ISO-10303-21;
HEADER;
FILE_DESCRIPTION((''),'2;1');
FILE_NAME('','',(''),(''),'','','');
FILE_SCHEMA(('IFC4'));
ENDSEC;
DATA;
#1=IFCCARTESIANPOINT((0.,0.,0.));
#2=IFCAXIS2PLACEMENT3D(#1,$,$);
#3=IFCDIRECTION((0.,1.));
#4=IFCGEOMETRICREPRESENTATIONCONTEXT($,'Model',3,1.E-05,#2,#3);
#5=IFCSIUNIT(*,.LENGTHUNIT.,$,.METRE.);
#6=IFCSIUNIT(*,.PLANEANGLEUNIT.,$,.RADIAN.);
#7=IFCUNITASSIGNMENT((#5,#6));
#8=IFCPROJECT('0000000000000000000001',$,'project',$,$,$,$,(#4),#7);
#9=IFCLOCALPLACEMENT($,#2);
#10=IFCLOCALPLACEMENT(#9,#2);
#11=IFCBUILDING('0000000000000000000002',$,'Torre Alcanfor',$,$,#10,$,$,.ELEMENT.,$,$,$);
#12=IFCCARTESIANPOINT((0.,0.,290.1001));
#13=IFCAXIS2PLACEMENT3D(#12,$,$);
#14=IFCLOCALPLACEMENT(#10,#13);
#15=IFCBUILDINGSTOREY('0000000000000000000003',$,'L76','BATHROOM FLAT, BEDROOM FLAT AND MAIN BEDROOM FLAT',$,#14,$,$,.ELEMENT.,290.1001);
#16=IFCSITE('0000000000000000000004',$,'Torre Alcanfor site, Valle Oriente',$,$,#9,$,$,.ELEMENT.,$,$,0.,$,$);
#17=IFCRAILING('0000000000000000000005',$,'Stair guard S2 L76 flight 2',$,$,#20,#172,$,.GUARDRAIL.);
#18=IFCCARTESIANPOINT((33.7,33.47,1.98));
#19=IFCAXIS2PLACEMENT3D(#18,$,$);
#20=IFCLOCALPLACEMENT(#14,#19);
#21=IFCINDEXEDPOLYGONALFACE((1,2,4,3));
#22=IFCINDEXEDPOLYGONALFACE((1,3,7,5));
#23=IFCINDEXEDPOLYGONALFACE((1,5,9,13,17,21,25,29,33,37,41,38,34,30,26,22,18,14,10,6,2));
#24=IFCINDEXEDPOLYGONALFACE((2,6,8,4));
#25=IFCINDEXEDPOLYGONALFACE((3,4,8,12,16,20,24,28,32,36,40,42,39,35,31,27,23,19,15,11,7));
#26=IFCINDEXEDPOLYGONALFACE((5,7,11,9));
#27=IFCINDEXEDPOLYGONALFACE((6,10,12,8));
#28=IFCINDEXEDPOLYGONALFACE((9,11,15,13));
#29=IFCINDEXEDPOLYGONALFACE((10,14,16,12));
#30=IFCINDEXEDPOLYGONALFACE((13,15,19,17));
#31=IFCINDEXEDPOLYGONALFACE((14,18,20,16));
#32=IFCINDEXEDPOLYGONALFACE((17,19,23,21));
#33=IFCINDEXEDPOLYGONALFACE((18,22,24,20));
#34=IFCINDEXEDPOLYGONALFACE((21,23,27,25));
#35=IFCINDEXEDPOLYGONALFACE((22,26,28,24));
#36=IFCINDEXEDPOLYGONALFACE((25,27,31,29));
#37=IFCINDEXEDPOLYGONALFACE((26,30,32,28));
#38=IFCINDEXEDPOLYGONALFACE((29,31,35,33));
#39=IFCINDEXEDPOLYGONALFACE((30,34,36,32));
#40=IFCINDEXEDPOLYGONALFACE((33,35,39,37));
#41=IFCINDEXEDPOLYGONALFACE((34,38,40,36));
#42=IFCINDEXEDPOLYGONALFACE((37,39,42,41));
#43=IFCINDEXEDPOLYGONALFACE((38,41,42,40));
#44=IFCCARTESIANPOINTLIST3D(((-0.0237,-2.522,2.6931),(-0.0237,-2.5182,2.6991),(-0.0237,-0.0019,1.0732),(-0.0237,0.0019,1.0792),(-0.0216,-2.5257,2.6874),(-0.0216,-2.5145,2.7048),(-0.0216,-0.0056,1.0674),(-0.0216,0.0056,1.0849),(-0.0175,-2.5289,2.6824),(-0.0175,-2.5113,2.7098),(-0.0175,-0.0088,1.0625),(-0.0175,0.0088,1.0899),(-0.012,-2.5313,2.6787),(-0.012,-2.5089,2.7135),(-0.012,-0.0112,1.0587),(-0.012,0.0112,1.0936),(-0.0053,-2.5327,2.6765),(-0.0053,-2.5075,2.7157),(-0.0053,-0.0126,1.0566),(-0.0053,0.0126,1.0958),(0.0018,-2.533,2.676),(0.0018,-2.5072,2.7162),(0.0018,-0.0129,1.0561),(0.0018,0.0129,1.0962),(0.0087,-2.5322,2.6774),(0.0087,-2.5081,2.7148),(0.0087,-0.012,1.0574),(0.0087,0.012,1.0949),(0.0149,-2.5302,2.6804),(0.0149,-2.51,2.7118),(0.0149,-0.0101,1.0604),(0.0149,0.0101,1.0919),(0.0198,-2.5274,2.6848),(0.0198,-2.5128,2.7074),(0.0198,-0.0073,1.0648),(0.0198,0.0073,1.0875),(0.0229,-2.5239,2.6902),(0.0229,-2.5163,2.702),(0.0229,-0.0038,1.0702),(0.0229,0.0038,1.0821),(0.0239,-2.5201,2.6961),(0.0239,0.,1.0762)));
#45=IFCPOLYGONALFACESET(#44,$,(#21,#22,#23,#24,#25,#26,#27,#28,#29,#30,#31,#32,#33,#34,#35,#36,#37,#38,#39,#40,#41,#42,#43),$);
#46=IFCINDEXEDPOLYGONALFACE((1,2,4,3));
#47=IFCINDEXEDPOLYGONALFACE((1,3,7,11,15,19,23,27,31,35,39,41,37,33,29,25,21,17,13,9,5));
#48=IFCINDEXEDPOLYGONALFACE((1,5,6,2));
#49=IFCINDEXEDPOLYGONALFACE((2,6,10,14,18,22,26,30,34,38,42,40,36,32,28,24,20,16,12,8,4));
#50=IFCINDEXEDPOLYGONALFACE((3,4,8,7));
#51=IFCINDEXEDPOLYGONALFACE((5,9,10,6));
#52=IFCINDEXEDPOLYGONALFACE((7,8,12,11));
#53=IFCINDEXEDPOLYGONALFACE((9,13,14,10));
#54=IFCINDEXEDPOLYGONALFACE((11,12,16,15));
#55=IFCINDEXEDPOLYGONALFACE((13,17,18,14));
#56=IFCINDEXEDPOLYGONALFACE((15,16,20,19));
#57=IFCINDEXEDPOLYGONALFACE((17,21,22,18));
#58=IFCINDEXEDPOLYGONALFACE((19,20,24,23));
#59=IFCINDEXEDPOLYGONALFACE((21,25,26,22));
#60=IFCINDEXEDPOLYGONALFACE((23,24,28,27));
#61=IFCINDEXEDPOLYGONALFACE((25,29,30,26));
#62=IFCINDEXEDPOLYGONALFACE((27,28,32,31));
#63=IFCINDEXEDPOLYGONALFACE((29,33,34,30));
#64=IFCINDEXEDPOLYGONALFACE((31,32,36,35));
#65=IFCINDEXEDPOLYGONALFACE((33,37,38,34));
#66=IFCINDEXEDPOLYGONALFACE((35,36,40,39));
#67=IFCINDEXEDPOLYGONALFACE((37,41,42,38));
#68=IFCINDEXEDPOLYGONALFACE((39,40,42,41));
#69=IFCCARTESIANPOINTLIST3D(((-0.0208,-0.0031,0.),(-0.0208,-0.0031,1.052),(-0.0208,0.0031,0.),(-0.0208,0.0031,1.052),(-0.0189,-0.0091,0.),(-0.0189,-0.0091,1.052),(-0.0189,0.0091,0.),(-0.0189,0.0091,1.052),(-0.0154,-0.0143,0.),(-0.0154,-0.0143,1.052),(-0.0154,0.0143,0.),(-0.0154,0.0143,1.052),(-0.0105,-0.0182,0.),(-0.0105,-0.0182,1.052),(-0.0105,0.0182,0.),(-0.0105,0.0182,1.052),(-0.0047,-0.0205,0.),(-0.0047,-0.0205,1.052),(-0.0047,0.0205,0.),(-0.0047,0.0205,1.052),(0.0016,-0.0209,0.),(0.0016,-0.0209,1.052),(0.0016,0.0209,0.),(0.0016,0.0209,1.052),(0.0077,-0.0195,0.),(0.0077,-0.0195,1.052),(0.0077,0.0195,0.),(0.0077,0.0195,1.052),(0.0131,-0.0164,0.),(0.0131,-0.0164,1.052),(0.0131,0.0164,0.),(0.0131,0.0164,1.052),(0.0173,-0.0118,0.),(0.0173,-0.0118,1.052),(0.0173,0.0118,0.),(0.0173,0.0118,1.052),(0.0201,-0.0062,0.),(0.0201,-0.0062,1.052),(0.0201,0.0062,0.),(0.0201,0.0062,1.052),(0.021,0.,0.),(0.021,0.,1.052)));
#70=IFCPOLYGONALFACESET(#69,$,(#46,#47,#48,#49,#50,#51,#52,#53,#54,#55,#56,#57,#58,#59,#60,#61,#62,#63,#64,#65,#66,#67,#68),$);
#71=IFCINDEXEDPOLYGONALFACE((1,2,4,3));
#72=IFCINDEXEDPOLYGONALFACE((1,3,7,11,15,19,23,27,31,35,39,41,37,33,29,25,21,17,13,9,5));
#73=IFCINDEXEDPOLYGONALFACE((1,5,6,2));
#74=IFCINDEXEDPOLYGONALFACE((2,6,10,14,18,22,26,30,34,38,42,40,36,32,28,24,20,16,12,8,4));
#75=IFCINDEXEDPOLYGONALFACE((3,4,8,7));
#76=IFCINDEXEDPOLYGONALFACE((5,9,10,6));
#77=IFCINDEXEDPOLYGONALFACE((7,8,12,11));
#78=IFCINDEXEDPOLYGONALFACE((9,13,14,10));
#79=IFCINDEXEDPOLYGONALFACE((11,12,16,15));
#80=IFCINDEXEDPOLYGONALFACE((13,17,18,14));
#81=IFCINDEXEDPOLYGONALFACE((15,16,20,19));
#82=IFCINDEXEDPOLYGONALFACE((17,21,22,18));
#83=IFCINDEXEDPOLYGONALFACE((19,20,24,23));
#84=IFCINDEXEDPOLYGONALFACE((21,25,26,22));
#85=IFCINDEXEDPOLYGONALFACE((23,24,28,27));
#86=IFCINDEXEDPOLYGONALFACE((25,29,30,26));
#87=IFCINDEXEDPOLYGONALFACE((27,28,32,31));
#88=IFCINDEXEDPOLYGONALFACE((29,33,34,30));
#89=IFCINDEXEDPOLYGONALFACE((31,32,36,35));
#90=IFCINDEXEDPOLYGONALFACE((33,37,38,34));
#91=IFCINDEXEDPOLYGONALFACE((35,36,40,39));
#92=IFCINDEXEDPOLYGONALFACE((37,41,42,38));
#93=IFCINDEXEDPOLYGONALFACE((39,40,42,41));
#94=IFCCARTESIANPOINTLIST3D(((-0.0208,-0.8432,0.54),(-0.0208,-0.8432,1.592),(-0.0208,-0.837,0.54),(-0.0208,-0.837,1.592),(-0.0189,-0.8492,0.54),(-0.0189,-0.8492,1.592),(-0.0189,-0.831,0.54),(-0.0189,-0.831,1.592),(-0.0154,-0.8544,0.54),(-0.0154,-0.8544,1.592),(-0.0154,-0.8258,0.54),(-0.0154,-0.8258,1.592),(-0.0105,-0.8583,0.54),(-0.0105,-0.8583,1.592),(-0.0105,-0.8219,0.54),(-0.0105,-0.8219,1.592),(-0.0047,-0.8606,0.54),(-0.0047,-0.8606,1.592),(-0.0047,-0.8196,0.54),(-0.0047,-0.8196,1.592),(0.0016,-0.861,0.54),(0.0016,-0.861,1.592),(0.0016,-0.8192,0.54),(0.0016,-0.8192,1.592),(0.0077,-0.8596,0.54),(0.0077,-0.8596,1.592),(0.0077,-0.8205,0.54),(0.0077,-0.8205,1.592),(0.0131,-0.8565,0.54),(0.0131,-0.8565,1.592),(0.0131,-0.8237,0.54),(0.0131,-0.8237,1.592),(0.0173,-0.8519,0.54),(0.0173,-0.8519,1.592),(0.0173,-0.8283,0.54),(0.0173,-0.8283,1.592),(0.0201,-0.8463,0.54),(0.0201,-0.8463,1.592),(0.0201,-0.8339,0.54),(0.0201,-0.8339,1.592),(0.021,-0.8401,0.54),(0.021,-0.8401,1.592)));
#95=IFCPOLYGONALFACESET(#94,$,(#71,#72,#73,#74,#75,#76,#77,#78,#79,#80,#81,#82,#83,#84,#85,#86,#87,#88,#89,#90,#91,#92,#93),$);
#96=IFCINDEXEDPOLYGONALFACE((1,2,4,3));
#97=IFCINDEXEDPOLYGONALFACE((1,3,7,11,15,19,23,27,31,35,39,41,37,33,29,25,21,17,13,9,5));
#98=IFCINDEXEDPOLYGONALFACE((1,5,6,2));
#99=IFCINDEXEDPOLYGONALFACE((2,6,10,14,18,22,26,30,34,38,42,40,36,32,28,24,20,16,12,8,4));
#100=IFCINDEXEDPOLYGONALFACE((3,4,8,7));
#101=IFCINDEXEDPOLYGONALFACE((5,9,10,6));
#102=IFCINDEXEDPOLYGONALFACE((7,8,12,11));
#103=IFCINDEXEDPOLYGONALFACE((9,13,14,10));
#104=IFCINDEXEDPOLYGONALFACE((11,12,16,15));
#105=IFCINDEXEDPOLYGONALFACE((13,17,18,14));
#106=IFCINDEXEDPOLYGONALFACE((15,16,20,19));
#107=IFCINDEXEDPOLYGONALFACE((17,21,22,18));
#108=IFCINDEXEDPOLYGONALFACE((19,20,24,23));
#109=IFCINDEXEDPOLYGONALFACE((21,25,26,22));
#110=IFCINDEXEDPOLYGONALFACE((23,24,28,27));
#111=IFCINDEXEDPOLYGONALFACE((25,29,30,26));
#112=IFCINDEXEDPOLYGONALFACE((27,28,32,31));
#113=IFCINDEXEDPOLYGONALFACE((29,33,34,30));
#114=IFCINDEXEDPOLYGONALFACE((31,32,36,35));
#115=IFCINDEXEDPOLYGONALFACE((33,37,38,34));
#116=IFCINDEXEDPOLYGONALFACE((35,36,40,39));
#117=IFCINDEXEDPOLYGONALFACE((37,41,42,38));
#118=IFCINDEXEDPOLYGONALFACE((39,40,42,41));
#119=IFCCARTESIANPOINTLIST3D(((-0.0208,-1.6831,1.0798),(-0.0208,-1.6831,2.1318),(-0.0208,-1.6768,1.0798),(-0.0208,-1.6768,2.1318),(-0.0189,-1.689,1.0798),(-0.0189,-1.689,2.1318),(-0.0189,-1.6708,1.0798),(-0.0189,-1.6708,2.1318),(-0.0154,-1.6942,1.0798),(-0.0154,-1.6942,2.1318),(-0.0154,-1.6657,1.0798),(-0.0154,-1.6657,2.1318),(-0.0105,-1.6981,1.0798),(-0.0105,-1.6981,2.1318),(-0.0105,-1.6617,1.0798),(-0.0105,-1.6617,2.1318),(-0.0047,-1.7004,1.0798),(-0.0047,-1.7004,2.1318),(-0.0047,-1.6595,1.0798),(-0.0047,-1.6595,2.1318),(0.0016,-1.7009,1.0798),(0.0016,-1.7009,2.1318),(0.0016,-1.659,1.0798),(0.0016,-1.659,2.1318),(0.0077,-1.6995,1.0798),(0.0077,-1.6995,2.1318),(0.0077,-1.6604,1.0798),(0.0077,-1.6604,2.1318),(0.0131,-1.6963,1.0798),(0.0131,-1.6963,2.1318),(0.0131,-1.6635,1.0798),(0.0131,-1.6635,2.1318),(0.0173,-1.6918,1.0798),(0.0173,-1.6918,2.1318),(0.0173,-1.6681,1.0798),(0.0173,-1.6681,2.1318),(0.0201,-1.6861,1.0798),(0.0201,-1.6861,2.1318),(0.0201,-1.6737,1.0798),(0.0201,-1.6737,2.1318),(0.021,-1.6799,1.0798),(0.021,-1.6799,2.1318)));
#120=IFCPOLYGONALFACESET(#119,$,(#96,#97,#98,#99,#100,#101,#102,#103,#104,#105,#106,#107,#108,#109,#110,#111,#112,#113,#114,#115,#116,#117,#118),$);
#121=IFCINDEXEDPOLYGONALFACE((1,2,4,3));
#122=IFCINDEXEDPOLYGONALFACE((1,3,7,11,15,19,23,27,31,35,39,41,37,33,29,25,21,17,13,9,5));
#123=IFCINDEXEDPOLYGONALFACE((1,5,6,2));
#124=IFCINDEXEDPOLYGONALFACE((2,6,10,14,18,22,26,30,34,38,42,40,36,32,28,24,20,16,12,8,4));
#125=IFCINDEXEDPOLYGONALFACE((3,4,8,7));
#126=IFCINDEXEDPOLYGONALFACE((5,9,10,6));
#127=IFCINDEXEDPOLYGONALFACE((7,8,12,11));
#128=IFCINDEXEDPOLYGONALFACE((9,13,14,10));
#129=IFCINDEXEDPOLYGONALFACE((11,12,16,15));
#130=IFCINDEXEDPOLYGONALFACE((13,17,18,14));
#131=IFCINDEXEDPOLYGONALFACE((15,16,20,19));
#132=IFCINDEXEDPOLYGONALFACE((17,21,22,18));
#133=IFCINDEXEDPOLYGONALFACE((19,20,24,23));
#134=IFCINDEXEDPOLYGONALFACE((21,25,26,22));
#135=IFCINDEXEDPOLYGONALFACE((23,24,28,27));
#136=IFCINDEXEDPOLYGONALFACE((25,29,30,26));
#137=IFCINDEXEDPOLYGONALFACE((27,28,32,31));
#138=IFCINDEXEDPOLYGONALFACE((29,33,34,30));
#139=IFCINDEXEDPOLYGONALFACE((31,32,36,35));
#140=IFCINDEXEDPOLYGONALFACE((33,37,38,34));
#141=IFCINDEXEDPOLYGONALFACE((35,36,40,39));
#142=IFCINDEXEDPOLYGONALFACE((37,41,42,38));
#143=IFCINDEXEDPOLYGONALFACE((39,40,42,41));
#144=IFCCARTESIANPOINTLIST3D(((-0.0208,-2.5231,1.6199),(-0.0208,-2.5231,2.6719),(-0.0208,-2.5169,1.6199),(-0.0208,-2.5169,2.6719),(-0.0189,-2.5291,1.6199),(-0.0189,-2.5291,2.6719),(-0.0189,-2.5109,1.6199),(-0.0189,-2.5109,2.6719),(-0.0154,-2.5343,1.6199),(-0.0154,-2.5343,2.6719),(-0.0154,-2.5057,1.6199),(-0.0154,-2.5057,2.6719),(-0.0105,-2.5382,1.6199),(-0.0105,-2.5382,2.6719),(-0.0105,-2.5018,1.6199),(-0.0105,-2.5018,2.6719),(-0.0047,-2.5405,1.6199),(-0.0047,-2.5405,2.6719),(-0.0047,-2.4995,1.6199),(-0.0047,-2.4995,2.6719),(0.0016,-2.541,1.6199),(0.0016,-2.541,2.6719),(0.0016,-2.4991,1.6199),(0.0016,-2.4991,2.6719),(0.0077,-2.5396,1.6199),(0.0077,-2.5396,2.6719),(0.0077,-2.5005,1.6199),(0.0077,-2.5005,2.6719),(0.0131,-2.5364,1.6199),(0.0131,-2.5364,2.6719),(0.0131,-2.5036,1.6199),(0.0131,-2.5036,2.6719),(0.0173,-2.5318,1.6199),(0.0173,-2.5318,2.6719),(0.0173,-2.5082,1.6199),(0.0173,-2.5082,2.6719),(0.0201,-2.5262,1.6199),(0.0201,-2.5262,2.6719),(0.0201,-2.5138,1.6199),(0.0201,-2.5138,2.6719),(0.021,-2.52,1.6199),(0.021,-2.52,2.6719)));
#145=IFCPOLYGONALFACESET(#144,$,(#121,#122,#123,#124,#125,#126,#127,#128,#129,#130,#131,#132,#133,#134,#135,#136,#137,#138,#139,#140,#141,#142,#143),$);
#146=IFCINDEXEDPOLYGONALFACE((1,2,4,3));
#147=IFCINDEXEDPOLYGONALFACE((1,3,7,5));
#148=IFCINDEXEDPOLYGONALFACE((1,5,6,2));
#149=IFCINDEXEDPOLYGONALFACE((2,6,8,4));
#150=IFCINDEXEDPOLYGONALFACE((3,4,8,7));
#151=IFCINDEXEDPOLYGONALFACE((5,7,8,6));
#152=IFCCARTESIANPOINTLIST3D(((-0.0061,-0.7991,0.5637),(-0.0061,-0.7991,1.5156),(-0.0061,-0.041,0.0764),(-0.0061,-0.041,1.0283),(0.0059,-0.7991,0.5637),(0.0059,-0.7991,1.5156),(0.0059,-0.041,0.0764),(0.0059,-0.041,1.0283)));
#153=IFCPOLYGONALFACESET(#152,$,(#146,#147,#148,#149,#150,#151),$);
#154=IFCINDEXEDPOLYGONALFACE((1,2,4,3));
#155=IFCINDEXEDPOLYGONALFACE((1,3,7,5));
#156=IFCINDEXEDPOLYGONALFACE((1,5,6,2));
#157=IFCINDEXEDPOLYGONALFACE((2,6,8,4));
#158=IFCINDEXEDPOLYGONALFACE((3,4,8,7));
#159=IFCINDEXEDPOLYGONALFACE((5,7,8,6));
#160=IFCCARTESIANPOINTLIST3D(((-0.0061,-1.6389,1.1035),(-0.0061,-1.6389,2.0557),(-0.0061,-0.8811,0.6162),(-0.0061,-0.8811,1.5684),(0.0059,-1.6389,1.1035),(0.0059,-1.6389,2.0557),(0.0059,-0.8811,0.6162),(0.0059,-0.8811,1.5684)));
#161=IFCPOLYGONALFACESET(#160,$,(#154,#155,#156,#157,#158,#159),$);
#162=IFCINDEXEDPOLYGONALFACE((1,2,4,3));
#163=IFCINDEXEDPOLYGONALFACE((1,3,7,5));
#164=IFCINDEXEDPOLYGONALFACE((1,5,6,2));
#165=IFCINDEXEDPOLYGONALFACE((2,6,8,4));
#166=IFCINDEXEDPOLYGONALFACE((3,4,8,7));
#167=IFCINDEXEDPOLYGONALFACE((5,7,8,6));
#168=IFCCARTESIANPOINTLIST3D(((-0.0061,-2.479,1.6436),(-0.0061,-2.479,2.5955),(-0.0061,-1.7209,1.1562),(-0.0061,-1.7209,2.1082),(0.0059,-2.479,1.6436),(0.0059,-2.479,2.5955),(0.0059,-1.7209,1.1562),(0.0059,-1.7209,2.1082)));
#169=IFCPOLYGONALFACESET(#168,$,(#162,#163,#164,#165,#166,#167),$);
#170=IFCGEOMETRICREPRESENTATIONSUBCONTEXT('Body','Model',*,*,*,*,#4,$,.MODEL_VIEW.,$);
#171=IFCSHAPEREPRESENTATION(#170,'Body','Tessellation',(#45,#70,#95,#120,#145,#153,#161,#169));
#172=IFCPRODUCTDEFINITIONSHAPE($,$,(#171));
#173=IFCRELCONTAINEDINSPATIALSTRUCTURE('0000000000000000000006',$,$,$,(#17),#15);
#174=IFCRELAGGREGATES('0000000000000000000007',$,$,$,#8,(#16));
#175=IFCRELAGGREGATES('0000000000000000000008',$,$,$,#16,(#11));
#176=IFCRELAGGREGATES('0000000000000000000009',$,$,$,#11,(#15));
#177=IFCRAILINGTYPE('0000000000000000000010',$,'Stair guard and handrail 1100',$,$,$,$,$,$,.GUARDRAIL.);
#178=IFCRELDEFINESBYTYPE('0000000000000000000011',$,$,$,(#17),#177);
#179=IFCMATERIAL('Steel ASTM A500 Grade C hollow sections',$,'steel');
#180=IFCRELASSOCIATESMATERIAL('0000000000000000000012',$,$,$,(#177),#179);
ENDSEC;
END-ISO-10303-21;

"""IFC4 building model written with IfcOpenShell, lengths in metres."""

from ifc_helpers import new_model, si_unit, direction, frame, origin, origin_2d, place, context, subcontext, project, spatial, polyline, circle, outline, extrude, material, type_object, element, save


model = new_model("IFC4")

# Units and contexts
model_context = context("Model", 3, precision=1e-05, world=origin(), true_north=direction((0.0, 1.0)))
body_context = subcontext(model_context, "Body", "Model", "MODEL_VIEW")
ifc_project = project(units=[si_unit("LENGTHUNIT", "METRE"), si_unit("PLANEANGLEUNIT", "RADIAN")], contexts=[model_context])

# Site, building, storey
site_placement = place(None, origin())
site = spatial("IfcSite", under=ifc_project, at=site_placement, Name="Torre Alcanfor site, Valle Oriente", CompositionType="ELEMENT", RefElevation=0.0)
building_placement = place(site_placement, origin())
building = spatial("IfcBuilding", under=site, at=building_placement, Name="Torre Alcanfor", CompositionType="ELEMENT")
storey_placement = place(building_placement, frame((0.0, 0.0, 290.1001)))
storey = spatial("IfcBuildingStorey", under=building, at=storey_placement, Name="L76", Description="BATHROOM FLAT, BEDROOM FLAT AND MAIN BEDROOM FLAT", CompositionType="ELEMENT", Elevation=290.1001)

# Railing
ifc_material_1 = material(Name="Steel ASTM A500 Grade C hollow sections", Category="steel")
railing_type_1 = type_object("IfcRailingType", Name="Stair guard and handrail 1100", PredefinedType="GUARDRAIL", material=ifc_material_1)
railing_1_placement = place(storey_placement, frame((33.7, 33.47, 1.98)))
element("IfcRailing", 1, at=railing_1_placement, inside=storey, type_object=railing_type_1, Name="Stair guard S2 L76 flight 2", PredefinedType="GUARDRAIL", context=body_context, shape_type="SweptSolid", body=[
    extrude(circle(Radius=0.0239, at=origin_2d()), frame((0.0, 0.0, 1.0762), z_axis=(0.0, -0.8412, 0.540725), x_axis=(1.0, 0.0, 0.0)), (0.0, 0.0, 1.0), 2.9958),
    extrude(circle(Radius=0.021, at=origin_2d()), origin(), (0.0, 0.0, 1.0), 1.052),
    extrude(circle(Radius=0.021, at=origin_2d()), frame((0.0, -0.8401, 0.54)), (0.0, 0.0, 1.0), 1.052),
    extrude(circle(Radius=0.021, at=origin_2d()), frame((0.0, -1.6799, 1.0798)), (0.0, 0.0, 1.0), 1.052),
    extrude(circle(Radius=0.021, at=origin_2d()), frame((0.0, -2.52, 1.6199)), (0.0, 0.0, 1.0), 1.052),
    extrude(outline(polyline([(0.041, 0.0764), (0.7991, 0.5637), (0.7991, 1.5156), (0.041, 1.0283), (0.041, 0.0764)])), frame((0.0059, 0.0, 0.0), z_axis=(-1.0, 0.0, 0.0), x_axis=(0.0, -1.0, 0.0)), (0.0, 0.0, 1.0), 0.012),
    extrude(outline(polyline([(0.8811, 0.6162), (1.6389, 1.1035), (1.6389, 2.0557), (0.8811, 1.5684), (0.8811, 0.6162)])), frame((0.0059, 0.0, 0.0), z_axis=(-1.0, 0.0, 0.0), x_axis=(0.0, -1.0, 0.0)), (0.0, 0.0, 1.0), 0.012),
    extrude(outline(polyline([(1.7209, 1.1562), (2.479, 1.6436), (2.479, 2.5955), (1.7209, 2.1082), (1.7209, 1.1562)])), frame((0.0059, 0.0, 0.0), z_axis=(-1.0, 0.0, 0.0), x_axis=(0.0, -1.0, 0.0)), (0.0, 0.0, 1.0), 0.012),
])

save(model, "model.ifc")
